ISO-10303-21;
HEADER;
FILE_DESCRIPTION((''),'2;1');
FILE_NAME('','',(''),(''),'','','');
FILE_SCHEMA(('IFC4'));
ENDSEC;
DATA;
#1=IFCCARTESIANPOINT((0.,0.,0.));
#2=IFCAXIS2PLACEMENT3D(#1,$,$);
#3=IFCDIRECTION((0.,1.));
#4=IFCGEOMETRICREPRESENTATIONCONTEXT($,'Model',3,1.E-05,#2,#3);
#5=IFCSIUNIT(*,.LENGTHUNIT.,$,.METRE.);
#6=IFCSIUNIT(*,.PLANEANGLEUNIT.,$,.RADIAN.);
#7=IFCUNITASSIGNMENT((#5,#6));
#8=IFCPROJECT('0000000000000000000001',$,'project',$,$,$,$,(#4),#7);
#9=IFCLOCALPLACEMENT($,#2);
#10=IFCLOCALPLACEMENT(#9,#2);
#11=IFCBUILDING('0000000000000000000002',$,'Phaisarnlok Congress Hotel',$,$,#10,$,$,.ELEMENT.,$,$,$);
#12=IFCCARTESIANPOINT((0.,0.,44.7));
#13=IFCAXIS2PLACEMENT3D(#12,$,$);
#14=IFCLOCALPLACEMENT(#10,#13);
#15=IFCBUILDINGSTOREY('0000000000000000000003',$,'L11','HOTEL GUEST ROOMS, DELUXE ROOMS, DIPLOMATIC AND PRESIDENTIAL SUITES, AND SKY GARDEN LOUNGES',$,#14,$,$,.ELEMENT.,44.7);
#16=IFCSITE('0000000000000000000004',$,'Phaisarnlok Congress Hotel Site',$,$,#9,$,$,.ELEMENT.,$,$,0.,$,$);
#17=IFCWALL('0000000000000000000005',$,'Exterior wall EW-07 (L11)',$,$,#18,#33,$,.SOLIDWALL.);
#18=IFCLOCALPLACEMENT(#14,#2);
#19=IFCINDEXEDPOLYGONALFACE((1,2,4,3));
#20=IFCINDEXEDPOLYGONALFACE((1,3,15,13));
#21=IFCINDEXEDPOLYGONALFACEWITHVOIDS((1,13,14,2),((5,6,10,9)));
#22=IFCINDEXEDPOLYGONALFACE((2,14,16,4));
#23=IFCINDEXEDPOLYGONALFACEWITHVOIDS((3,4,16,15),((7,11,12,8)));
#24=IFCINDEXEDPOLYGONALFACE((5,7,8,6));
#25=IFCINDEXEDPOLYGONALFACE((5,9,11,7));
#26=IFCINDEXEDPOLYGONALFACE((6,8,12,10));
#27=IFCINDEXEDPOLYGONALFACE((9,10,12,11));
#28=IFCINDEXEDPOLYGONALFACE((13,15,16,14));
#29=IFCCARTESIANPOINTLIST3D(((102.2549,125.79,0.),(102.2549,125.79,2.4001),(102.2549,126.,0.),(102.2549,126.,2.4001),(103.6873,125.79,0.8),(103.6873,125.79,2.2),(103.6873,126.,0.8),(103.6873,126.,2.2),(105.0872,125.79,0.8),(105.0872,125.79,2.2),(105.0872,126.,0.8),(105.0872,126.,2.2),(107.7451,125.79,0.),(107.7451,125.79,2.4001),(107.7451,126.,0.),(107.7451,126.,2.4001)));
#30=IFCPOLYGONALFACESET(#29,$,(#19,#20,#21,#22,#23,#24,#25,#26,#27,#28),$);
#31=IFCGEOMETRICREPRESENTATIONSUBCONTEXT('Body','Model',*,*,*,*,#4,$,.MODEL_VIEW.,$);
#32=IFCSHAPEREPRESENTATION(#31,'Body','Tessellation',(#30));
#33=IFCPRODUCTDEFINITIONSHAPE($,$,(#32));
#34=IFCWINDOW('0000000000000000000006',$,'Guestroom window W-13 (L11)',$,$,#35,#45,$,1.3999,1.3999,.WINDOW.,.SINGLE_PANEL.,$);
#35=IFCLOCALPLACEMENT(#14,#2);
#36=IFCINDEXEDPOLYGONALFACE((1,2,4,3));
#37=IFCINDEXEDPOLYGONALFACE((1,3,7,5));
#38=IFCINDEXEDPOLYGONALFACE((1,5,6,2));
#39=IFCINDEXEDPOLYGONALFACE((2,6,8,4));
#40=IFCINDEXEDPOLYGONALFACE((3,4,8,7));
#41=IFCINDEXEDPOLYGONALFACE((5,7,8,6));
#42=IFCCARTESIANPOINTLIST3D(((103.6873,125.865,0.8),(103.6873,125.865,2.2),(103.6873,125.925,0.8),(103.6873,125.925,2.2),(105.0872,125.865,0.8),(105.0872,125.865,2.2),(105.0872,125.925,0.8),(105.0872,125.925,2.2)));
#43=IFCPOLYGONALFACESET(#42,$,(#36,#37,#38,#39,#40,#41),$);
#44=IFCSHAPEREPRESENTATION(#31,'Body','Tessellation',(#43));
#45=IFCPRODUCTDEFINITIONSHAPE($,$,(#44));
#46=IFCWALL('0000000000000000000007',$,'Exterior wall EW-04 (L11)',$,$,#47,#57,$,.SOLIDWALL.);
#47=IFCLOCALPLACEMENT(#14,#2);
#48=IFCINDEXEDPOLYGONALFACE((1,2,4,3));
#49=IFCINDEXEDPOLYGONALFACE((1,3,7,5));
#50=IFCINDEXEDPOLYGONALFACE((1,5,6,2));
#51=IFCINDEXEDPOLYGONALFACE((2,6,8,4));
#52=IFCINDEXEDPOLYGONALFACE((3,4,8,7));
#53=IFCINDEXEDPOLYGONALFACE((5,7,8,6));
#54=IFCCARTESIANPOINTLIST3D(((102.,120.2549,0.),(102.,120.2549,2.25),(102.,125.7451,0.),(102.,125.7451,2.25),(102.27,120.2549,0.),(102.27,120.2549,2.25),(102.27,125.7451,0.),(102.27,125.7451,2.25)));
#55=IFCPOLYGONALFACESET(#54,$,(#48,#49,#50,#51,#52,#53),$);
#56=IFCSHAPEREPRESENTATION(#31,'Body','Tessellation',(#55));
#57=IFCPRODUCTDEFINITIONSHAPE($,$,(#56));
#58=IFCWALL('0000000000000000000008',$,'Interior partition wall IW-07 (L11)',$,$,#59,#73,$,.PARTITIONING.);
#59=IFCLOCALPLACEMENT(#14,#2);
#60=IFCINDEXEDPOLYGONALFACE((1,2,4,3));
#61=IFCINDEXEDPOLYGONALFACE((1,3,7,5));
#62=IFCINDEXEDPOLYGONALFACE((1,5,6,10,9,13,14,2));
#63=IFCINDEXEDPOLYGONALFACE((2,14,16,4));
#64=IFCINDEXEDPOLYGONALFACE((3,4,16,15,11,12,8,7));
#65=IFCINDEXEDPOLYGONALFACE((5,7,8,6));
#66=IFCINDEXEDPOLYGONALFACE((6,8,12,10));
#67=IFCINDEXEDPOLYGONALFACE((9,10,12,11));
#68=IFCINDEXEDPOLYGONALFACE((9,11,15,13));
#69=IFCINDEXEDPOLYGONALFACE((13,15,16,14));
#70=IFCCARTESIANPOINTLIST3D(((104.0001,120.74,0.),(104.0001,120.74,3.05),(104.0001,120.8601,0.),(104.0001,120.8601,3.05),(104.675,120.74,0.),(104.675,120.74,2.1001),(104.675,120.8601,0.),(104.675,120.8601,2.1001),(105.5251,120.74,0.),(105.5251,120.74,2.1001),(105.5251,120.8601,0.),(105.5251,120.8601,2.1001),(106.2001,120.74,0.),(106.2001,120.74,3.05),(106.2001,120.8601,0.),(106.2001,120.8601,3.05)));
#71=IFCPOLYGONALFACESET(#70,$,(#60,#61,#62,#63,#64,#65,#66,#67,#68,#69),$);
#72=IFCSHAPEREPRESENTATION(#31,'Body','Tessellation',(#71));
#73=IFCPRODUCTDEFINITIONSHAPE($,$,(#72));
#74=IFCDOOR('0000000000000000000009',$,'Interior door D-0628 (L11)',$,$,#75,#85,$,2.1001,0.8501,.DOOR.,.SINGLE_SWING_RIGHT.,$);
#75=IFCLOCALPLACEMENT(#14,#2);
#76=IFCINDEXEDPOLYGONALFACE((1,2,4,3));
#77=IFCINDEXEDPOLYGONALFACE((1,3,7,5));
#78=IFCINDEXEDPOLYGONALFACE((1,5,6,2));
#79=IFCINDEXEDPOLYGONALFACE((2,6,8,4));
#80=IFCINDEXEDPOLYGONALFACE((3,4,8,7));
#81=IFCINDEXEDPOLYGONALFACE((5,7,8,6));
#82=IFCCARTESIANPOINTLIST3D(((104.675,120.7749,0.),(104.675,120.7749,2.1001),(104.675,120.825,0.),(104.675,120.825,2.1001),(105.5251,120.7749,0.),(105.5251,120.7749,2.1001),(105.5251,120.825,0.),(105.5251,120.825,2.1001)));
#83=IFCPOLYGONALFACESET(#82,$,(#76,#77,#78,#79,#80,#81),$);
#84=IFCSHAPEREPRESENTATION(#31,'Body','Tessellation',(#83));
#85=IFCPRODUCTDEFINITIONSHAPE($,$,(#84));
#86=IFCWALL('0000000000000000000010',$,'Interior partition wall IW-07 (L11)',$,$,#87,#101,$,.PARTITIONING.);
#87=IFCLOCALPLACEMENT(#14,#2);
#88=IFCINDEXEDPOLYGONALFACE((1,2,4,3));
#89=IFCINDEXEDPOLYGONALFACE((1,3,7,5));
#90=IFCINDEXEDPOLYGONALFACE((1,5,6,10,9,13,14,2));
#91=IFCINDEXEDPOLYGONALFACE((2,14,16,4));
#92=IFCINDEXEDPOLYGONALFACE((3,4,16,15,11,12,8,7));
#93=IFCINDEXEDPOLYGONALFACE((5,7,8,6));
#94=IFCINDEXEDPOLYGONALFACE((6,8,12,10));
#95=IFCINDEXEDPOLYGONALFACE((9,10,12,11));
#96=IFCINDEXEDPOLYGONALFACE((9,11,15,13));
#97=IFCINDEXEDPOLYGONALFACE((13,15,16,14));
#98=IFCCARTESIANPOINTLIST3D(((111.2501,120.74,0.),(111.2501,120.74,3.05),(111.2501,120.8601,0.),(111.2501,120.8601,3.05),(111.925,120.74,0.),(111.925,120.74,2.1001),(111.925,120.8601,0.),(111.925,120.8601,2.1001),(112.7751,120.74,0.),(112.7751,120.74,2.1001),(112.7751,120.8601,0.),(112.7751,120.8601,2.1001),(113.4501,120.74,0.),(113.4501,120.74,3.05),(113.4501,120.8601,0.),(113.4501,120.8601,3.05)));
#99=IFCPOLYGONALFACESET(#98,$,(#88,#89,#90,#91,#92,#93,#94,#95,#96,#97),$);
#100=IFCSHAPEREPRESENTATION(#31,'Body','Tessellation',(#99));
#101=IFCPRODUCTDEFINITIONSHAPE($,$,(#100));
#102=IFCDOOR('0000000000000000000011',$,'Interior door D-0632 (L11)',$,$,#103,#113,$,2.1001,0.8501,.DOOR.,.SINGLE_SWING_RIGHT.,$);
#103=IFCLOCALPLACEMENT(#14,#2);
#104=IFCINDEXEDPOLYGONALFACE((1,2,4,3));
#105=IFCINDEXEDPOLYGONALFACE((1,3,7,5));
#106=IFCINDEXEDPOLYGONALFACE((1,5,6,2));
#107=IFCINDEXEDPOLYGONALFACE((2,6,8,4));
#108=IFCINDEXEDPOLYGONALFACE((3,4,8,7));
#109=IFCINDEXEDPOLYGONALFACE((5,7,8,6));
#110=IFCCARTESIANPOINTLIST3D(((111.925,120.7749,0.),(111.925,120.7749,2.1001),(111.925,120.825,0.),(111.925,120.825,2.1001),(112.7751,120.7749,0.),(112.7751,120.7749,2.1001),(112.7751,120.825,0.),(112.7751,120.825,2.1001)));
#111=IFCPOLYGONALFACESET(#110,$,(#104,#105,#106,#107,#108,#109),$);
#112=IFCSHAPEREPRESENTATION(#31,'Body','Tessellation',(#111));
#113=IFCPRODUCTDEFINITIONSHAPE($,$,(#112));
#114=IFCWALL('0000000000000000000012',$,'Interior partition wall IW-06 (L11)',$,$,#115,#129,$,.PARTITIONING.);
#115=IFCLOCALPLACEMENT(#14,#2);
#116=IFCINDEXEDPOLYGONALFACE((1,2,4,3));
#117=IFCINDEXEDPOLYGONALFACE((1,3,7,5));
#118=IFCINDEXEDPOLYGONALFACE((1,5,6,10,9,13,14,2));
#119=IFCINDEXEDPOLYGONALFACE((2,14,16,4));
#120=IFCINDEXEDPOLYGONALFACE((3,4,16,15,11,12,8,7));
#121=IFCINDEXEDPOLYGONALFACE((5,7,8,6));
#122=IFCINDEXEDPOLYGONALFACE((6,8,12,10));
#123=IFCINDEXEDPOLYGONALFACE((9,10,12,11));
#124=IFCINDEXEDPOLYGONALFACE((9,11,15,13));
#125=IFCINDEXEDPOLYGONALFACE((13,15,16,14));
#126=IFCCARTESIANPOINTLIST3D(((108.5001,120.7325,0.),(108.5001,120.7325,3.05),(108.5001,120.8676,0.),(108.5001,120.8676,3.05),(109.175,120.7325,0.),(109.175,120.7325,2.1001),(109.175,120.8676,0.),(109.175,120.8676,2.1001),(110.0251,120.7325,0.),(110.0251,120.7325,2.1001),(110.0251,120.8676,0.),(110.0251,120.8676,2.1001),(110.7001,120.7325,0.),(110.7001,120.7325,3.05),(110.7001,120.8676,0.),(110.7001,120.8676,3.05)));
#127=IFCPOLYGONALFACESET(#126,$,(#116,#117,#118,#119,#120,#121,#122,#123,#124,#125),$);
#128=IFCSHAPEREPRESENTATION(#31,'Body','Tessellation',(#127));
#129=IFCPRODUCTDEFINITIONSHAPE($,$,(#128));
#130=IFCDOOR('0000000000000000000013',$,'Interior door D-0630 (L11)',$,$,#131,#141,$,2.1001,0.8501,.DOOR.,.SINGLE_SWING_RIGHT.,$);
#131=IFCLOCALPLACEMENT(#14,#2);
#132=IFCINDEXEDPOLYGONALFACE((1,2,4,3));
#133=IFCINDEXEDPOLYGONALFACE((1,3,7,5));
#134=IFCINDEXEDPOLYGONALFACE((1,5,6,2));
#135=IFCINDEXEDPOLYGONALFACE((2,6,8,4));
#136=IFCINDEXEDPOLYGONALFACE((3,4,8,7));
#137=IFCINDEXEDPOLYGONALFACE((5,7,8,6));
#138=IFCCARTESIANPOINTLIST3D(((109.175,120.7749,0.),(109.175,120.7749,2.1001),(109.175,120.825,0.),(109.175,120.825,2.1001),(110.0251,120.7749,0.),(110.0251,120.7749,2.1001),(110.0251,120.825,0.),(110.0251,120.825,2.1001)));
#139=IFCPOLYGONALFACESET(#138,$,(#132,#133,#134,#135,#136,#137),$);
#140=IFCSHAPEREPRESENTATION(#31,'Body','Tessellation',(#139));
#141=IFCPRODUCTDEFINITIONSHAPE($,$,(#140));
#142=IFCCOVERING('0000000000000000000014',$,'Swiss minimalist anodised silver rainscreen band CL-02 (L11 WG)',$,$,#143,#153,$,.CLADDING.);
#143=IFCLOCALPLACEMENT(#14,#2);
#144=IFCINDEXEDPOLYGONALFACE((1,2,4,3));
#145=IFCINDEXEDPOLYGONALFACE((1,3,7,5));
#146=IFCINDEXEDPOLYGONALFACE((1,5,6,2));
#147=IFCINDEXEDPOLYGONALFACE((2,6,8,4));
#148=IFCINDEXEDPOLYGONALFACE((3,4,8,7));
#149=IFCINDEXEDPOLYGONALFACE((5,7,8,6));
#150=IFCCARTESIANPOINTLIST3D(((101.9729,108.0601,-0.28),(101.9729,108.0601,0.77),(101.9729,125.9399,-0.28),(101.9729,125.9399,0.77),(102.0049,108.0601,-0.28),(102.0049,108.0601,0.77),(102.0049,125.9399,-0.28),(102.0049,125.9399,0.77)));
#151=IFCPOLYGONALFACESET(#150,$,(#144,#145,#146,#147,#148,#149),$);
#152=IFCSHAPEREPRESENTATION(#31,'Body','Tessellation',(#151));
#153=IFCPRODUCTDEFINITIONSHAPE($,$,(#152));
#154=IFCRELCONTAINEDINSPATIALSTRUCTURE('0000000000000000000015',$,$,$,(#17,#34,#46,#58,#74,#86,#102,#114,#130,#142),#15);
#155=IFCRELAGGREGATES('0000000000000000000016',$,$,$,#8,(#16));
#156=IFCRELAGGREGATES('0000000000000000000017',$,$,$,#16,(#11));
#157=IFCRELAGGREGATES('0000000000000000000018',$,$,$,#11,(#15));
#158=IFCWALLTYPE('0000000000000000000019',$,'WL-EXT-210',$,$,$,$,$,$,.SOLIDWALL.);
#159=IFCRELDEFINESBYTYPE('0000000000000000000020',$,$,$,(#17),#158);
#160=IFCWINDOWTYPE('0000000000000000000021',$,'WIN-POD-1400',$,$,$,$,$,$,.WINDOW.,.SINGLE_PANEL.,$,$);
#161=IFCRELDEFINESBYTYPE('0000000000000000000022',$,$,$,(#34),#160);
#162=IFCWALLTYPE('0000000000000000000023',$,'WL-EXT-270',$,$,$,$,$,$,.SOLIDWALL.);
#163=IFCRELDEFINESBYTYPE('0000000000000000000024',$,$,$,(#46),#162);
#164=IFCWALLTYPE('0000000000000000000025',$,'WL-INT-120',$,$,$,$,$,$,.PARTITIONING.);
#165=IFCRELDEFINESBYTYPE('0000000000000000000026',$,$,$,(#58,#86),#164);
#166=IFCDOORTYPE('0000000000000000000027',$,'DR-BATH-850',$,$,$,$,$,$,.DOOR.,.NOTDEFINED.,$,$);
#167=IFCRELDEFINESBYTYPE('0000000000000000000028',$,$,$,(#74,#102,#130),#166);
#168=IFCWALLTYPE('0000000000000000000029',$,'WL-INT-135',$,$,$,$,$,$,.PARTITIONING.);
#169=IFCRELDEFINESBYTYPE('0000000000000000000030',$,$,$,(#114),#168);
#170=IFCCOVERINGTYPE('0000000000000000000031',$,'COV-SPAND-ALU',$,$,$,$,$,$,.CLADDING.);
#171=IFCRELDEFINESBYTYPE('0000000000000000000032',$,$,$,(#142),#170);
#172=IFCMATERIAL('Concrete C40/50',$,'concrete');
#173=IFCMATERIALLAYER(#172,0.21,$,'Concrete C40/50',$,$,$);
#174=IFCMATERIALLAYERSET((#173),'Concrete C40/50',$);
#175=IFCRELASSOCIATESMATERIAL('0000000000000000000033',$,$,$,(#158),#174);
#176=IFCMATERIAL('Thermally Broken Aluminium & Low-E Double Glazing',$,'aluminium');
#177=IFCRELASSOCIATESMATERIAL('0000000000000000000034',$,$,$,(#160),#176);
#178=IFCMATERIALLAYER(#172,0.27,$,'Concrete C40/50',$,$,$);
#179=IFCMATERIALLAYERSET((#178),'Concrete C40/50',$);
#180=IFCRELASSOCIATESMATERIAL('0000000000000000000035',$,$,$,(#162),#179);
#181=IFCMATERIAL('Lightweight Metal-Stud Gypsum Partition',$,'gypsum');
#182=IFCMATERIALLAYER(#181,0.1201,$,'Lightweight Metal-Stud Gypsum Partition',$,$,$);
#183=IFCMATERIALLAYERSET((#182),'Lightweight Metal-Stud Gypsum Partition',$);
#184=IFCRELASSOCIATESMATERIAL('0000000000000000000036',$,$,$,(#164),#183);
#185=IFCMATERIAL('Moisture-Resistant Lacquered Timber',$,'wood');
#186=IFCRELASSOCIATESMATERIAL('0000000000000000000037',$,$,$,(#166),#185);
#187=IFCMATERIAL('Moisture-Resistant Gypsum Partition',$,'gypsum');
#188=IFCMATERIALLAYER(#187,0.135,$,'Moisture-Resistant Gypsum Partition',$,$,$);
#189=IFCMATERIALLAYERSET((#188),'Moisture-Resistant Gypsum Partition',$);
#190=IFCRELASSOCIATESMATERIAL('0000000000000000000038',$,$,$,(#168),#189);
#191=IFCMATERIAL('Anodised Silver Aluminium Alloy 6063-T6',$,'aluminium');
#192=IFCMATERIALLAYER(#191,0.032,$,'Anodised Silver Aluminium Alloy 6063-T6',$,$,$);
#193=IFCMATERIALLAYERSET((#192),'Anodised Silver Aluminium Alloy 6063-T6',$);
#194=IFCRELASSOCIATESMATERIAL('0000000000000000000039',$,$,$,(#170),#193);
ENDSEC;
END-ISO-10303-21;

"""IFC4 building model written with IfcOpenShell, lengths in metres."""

from ifc_helpers import new_model, si_unit, direction, frame, frame_2d, origin, place, context, subcontext, project, spatial, polyline, rectangle, outline, extrude, material, layer, layer_set, type_object, element, fill, save


model = new_model("IFC4")

# Units and contexts
model_context = context("Model", 3, precision=1e-05, world=origin(), true_north=direction((0.0, 1.0)))
body_context = subcontext(model_context, "Body", "Model", "MODEL_VIEW")
ifc_project = project(units=[si_unit("LENGTHUNIT", "METRE"), si_unit("PLANEANGLEUNIT", "RADIAN")], contexts=[model_context])

# Site, building, storey
site_placement = place(None, origin())
site = spatial("IfcSite", under=ifc_project, at=site_placement, Name="Phaisarnlok Congress Hotel Site", CompositionType="ELEMENT", RefElevation=0.0)
building_placement = place(site_placement, origin())
building = spatial("IfcBuilding", under=site, at=building_placement, Name="Phaisarnlok Congress Hotel", CompositionType="ELEMENT")
storey_placement = place(building_placement, frame((0.0, 0.0, 44.7)))
storey = spatial("IfcBuildingStorey", under=building, at=storey_placement, Name="L11", Description="HOTEL GUEST ROOMS, DELUXE ROOMS, DIPLOMATIC AND PRESIDENTIAL SUITES, AND SKY GARDEN LOUNGES", CompositionType="ELEMENT", Elevation=44.7)

# Shared definitions
ifc_material_1 = material(Name="Concrete C40/50", Category="concrete")

# Wall, opening, window
ifc_layer_1 = layer(ifc_material_1, 0.21, Name="Concrete C40/50")
ifc_layer_set_1 = layer_set([ifc_layer_1], Name="Concrete C40/50")
wall_type_1 = type_object("IfcWallType", Name="WL-EXT-210", PredefinedType="SOLIDWALL", material=ifc_layer_set_1)
wall_1_placement = place(storey_placement, frame((107.7451, 125.895, 0.0), z_axis=(0.0, 0.0, 1.0), x_axis=(-1.0, 0.0, 0.0)))
wall_1 = element("IfcWall", 1, at=wall_1_placement, inside=storey, type_object=wall_type_1, Name="Exterior wall EW-07 (L11)", PredefinedType="SOLIDWALL", context=body_context, shape_type="SweptSolid", body=[
    extrude(rectangle(XDim=5.4902, YDim=0.21, at=frame_2d((2.7451, 0.0))), origin(), (0.0, 0.0, 1.0), 2.4001),
])
opening_1_placement = place(wall_1_placement, frame((2.658, 0.0, 0.8)))
opening_1 = element("IfcOpeningElement", 2, at=opening_1_placement, cuts=wall_1, PredefinedType="OPENING", context=body_context, shape_type="SweptSolid", body=[
    extrude(rectangle(XDim=1.3999, YDim=1.3999, at=frame_2d((0.7, 0.7))), frame((0.0, 0.115, 0.0), z_axis=(0.0, -1.0, 0.0), x_axis=(1.0, 0.0, 0.0)), (0.0, 0.0, 1.0), 0.23),
])
ifc_material_2 = material(Name="Thermally Broken Aluminium & Low-E Double Glazing", Category="aluminium")
window_type = type_object("IfcWindowType", Name="WIN-POD-1400", PartitioningType="SINGLE_PANEL", PredefinedType="WINDOW", material=ifc_material_2)
window_placement = place(opening_1_placement, origin())
window = element("IfcWindow", 3, at=window_placement, inside=storey, type_object=window_type, Name="Guestroom window W-13 (L11)", OverallHeight=1.3999, OverallWidth=1.3999, PartitioningType="SINGLE_PANEL", PredefinedType="WINDOW", context=body_context, shape_type="SweptSolid", body=[
    extrude(rectangle(XDim=1.3999, YDim=1.3999, at=frame_2d((0.7, 0.7))), frame((0.0, 0.03, 0.0), z_axis=(0.0, -1.0, 0.0), x_axis=(1.0, 0.0, 0.0)), (0.0, 0.0, 1.0), 0.0601),
])
fill(opening_1, window)

# Wall
ifc_layer_2 = layer(ifc_material_1, 0.27, Name="Concrete C40/50")
ifc_layer_set_2 = layer_set([ifc_layer_2], Name="Concrete C40/50")
wall_type_2 = type_object("IfcWallType", Name="WL-EXT-270", PredefinedType="SOLIDWALL", material=ifc_layer_set_2)
wall_2_placement = place(storey_placement, frame((102.135, 125.7451, 0.0), z_axis=(0.0, 0.0, 1.0), x_axis=(0.0, -1.0, 0.0)))
element("IfcWall", 4, at=wall_2_placement, inside=storey, type_object=wall_type_2, Name="Exterior wall EW-04 (L11)", PredefinedType="SOLIDWALL", context=body_context, shape_type="SweptSolid", body=[
    extrude(rectangle(XDim=5.4902, YDim=0.27, at=frame_2d((2.7451, 0.0))), origin(), (0.0, 0.0, 1.0), 2.25),
])

# Walls, openings, doors
ifc_material_3 = material(Name="Lightweight Metal-Stud Gypsum Partition", Category="gypsum")
ifc_layer_3 = layer(ifc_material_3, 0.1201, Name="Lightweight Metal-Stud Gypsum Partition")
ifc_layer_set_3 = layer_set([ifc_layer_3], Name="Lightweight Metal-Stud Gypsum Partition")
wall_type_3 = type_object("IfcWallType", Name="WL-INT-120", PredefinedType="PARTITIONING", material=ifc_layer_set_3)
wall_3_placement = place(storey_placement, frame((104.0, 120.8, 0.0), z_axis=(0.0, 0.0, 1.0), x_axis=(1.0, 0.0, 0.0)))
wall_3 = element("IfcWall", 5, at=wall_3_placement, inside=storey, type_object=wall_type_3, Name="Interior partition wall IW-07 (L11)", PredefinedType="PARTITIONING", context=body_context, shape_type="SweptSolid", body=[
    extrude(rectangle(XDim=2.2, YDim=0.1201, at=frame_2d((1.1001, 0.0))), origin(), (0.0, 0.0, 1.0), 3.05),
])
opening_2_placement = place(wall_3_placement, frame((0.675, 0.0, 0.0)))
opening_2 = element("IfcOpeningElement", 6, at=opening_2_placement, cuts=wall_3, PredefinedType="OPENING", context=body_context, shape_type="SweptSolid", body=[
    extrude(rectangle(XDim=0.8501, YDim=2.1001, at=frame_2d((0.425, 1.05))), frame((0.0, 0.0701, 0.0), z_axis=(0.0, -1.0, 0.0), x_axis=(1.0, 0.0, 0.0)), (0.0, 0.0, 1.0), 0.1401),
])
ifc_material_4 = material(Name="Moisture-Resistant Lacquered Timber", Category="wood")
door_type = type_object("IfcDoorType", Name="DR-BATH-850", OperationType="NOTDEFINED", PredefinedType="DOOR", material=ifc_material_4)
door_1_placement = place(opening_2_placement, origin())
door_1 = element("IfcDoor", 7, at=door_1_placement, inside=storey, type_object=door_type, Name="Interior door D-0628 (L11)", OperationType="SINGLE_SWING_RIGHT", OverallHeight=2.1001, OverallWidth=0.8501, PredefinedType="DOOR", context=body_context, shape_type="SweptSolid", body=[
    extrude(rectangle(XDim=0.8501, YDim=2.1001, at=frame_2d((0.425, 1.05))), frame((0.0, 0.0249, 0.0), z_axis=(0.0, -1.0, 0.0), x_axis=(1.0, 0.0, 0.0)), (0.0, 0.0, 1.0), 0.05),
])
fill(opening_2, door_1)
wall_4_placement = place(storey_placement, frame((111.25, 120.8, 0.0), z_axis=(0.0, 0.0, 1.0), x_axis=(1.0, 0.0, 0.0)))
wall_4 = element("IfcWall", 8, at=wall_4_placement, inside=storey, type_object=wall_type_3, Name="Interior partition wall IW-07 (L11)", PredefinedType="PARTITIONING", context=body_context, shape_type="SweptSolid", body=[
    extrude(rectangle(XDim=2.2, YDim=0.1201, at=frame_2d((1.1001, 0.0))), origin(), (0.0, 0.0, 1.0), 3.05),
])
opening_3_placement = place(wall_4_placement, frame((0.675, 0.0, 0.0)))
opening_3 = element("IfcOpeningElement", 9, at=opening_3_placement, cuts=wall_4, PredefinedType="OPENING", context=body_context, shape_type="SweptSolid", body=[
    extrude(rectangle(XDim=0.8501, YDim=2.1001, at=frame_2d((0.425, 1.05))), frame((0.0, 0.0701, 0.0), z_axis=(0.0, -1.0, 0.0), x_axis=(1.0, 0.0, 0.0)), (0.0, 0.0, 1.0), 0.1401),
])
door_2_placement = place(opening_3_placement, origin())
door_2 = element("IfcDoor", 10, at=door_2_placement, inside=storey, type_object=door_type, Name="Interior door D-0632 (L11)", OperationType="SINGLE_SWING_RIGHT", OverallHeight=2.1001, OverallWidth=0.8501, PredefinedType="DOOR", context=body_context, shape_type="SweptSolid", body=[
    extrude(rectangle(XDim=0.8501, YDim=2.1001, at=frame_2d((0.425, 1.05))), frame((0.0, 0.0249, 0.0), z_axis=(0.0, -1.0, 0.0), x_axis=(1.0, 0.0, 0.0)), (0.0, 0.0, 1.0), 0.05),
])
fill(opening_3, door_2)
ifc_material_5 = material(Name="Moisture-Resistant Gypsum Partition", Category="gypsum")
ifc_layer_4 = layer(ifc_material_5, 0.135, Name="Moisture-Resistant Gypsum Partition")
ifc_layer_set_4 = layer_set([ifc_layer_4], Name="Moisture-Resistant Gypsum Partition")
wall_type_4 = type_object("IfcWallType", Name="WL-INT-135", PredefinedType="PARTITIONING", material=ifc_layer_set_4)
wall_5_placement = place(storey_placement, frame((108.5, 120.8, 0.0), z_axis=(0.0, 0.0, 1.0), x_axis=(1.0, 0.0, 0.0)))
wall_5 = element("IfcWall", 11, at=wall_5_placement, inside=storey, type_object=wall_type_4, Name="Interior partition wall IW-06 (L11)", PredefinedType="PARTITIONING", context=body_context, shape_type="SweptSolid", body=[
    extrude(rectangle(XDim=2.2, YDim=0.135, at=frame_2d((1.1001, 0.0))), origin(), (0.0, 0.0, 1.0), 3.05),
])
opening_4_placement = place(wall_5_placement, frame((0.675, 0.0, 0.0)))
opening_4 = element("IfcOpeningElement", 12, at=opening_4_placement, cuts=wall_5, PredefinedType="OPENING", context=body_context, shape_type="SweptSolid", body=[
    extrude(rectangle(XDim=0.8501, YDim=2.1001, at=frame_2d((0.425, 1.05))), frame((0.0, 0.0776, 0.0), z_axis=(0.0, -1.0, 0.0), x_axis=(1.0, 0.0, 0.0)), (0.0, 0.0, 1.0), 0.155),
])
door_3_placement = place(opening_4_placement, origin())
door_3 = element("IfcDoor", 13, at=door_3_placement, inside=storey, type_object=door_type, Name="Interior door D-0630 (L11)", OperationType="SINGLE_SWING_RIGHT", OverallHeight=2.1001, OverallWidth=0.8501, PredefinedType="DOOR", context=body_context, shape_type="SweptSolid", body=[
    extrude(rectangle(XDim=0.8501, YDim=2.1001, at=frame_2d((0.425, 1.05))), frame((0.0, 0.0249, 0.0), z_axis=(0.0, -1.0, 0.0), x_axis=(1.0, 0.0, 0.0)), (0.0, 0.0, 1.0), 0.05),
])
fill(opening_4, door_3)

# Covering
ifc_material_6 = material(Name="Anodised Silver Aluminium Alloy 6063-T6", Category="aluminium")
ifc_layer_5 = layer(ifc_material_6, 0.032, Name="Anodised Silver Aluminium Alloy 6063-T6")
ifc_layer_set_5 = layer_set([ifc_layer_5], Name="Anodised Silver Aluminium Alloy 6063-T6")
covering_type = type_object("IfcCoveringType", Name="COV-SPAND-ALU", PredefinedType="CLADDING", material=ifc_layer_set_5)
covering_placement = place(storey_placement, frame((102.0049, 125.9399, -0.28), z_axis=(-1.0, 0.0, 0.0), x_axis=(0.0, -1.0, 0.0)))
element("IfcCovering", 14, at=covering_placement, inside=storey, type_object=covering_type, Name="Swiss minimalist anodised silver rainscreen band CL-02 (L11 WG)", PredefinedType="CLADDING", context=body_context, shape_type="SweptSolid", body=[
    extrude(outline(polyline([(0.0, 0.0), (17.8799, 0.0), (17.8799, 1.05), (0.0, 1.05), (0.0, 0.0)])), origin(), (0.0, 0.0, 1.0), 0.032),
])

save(model, "model.ifc")
